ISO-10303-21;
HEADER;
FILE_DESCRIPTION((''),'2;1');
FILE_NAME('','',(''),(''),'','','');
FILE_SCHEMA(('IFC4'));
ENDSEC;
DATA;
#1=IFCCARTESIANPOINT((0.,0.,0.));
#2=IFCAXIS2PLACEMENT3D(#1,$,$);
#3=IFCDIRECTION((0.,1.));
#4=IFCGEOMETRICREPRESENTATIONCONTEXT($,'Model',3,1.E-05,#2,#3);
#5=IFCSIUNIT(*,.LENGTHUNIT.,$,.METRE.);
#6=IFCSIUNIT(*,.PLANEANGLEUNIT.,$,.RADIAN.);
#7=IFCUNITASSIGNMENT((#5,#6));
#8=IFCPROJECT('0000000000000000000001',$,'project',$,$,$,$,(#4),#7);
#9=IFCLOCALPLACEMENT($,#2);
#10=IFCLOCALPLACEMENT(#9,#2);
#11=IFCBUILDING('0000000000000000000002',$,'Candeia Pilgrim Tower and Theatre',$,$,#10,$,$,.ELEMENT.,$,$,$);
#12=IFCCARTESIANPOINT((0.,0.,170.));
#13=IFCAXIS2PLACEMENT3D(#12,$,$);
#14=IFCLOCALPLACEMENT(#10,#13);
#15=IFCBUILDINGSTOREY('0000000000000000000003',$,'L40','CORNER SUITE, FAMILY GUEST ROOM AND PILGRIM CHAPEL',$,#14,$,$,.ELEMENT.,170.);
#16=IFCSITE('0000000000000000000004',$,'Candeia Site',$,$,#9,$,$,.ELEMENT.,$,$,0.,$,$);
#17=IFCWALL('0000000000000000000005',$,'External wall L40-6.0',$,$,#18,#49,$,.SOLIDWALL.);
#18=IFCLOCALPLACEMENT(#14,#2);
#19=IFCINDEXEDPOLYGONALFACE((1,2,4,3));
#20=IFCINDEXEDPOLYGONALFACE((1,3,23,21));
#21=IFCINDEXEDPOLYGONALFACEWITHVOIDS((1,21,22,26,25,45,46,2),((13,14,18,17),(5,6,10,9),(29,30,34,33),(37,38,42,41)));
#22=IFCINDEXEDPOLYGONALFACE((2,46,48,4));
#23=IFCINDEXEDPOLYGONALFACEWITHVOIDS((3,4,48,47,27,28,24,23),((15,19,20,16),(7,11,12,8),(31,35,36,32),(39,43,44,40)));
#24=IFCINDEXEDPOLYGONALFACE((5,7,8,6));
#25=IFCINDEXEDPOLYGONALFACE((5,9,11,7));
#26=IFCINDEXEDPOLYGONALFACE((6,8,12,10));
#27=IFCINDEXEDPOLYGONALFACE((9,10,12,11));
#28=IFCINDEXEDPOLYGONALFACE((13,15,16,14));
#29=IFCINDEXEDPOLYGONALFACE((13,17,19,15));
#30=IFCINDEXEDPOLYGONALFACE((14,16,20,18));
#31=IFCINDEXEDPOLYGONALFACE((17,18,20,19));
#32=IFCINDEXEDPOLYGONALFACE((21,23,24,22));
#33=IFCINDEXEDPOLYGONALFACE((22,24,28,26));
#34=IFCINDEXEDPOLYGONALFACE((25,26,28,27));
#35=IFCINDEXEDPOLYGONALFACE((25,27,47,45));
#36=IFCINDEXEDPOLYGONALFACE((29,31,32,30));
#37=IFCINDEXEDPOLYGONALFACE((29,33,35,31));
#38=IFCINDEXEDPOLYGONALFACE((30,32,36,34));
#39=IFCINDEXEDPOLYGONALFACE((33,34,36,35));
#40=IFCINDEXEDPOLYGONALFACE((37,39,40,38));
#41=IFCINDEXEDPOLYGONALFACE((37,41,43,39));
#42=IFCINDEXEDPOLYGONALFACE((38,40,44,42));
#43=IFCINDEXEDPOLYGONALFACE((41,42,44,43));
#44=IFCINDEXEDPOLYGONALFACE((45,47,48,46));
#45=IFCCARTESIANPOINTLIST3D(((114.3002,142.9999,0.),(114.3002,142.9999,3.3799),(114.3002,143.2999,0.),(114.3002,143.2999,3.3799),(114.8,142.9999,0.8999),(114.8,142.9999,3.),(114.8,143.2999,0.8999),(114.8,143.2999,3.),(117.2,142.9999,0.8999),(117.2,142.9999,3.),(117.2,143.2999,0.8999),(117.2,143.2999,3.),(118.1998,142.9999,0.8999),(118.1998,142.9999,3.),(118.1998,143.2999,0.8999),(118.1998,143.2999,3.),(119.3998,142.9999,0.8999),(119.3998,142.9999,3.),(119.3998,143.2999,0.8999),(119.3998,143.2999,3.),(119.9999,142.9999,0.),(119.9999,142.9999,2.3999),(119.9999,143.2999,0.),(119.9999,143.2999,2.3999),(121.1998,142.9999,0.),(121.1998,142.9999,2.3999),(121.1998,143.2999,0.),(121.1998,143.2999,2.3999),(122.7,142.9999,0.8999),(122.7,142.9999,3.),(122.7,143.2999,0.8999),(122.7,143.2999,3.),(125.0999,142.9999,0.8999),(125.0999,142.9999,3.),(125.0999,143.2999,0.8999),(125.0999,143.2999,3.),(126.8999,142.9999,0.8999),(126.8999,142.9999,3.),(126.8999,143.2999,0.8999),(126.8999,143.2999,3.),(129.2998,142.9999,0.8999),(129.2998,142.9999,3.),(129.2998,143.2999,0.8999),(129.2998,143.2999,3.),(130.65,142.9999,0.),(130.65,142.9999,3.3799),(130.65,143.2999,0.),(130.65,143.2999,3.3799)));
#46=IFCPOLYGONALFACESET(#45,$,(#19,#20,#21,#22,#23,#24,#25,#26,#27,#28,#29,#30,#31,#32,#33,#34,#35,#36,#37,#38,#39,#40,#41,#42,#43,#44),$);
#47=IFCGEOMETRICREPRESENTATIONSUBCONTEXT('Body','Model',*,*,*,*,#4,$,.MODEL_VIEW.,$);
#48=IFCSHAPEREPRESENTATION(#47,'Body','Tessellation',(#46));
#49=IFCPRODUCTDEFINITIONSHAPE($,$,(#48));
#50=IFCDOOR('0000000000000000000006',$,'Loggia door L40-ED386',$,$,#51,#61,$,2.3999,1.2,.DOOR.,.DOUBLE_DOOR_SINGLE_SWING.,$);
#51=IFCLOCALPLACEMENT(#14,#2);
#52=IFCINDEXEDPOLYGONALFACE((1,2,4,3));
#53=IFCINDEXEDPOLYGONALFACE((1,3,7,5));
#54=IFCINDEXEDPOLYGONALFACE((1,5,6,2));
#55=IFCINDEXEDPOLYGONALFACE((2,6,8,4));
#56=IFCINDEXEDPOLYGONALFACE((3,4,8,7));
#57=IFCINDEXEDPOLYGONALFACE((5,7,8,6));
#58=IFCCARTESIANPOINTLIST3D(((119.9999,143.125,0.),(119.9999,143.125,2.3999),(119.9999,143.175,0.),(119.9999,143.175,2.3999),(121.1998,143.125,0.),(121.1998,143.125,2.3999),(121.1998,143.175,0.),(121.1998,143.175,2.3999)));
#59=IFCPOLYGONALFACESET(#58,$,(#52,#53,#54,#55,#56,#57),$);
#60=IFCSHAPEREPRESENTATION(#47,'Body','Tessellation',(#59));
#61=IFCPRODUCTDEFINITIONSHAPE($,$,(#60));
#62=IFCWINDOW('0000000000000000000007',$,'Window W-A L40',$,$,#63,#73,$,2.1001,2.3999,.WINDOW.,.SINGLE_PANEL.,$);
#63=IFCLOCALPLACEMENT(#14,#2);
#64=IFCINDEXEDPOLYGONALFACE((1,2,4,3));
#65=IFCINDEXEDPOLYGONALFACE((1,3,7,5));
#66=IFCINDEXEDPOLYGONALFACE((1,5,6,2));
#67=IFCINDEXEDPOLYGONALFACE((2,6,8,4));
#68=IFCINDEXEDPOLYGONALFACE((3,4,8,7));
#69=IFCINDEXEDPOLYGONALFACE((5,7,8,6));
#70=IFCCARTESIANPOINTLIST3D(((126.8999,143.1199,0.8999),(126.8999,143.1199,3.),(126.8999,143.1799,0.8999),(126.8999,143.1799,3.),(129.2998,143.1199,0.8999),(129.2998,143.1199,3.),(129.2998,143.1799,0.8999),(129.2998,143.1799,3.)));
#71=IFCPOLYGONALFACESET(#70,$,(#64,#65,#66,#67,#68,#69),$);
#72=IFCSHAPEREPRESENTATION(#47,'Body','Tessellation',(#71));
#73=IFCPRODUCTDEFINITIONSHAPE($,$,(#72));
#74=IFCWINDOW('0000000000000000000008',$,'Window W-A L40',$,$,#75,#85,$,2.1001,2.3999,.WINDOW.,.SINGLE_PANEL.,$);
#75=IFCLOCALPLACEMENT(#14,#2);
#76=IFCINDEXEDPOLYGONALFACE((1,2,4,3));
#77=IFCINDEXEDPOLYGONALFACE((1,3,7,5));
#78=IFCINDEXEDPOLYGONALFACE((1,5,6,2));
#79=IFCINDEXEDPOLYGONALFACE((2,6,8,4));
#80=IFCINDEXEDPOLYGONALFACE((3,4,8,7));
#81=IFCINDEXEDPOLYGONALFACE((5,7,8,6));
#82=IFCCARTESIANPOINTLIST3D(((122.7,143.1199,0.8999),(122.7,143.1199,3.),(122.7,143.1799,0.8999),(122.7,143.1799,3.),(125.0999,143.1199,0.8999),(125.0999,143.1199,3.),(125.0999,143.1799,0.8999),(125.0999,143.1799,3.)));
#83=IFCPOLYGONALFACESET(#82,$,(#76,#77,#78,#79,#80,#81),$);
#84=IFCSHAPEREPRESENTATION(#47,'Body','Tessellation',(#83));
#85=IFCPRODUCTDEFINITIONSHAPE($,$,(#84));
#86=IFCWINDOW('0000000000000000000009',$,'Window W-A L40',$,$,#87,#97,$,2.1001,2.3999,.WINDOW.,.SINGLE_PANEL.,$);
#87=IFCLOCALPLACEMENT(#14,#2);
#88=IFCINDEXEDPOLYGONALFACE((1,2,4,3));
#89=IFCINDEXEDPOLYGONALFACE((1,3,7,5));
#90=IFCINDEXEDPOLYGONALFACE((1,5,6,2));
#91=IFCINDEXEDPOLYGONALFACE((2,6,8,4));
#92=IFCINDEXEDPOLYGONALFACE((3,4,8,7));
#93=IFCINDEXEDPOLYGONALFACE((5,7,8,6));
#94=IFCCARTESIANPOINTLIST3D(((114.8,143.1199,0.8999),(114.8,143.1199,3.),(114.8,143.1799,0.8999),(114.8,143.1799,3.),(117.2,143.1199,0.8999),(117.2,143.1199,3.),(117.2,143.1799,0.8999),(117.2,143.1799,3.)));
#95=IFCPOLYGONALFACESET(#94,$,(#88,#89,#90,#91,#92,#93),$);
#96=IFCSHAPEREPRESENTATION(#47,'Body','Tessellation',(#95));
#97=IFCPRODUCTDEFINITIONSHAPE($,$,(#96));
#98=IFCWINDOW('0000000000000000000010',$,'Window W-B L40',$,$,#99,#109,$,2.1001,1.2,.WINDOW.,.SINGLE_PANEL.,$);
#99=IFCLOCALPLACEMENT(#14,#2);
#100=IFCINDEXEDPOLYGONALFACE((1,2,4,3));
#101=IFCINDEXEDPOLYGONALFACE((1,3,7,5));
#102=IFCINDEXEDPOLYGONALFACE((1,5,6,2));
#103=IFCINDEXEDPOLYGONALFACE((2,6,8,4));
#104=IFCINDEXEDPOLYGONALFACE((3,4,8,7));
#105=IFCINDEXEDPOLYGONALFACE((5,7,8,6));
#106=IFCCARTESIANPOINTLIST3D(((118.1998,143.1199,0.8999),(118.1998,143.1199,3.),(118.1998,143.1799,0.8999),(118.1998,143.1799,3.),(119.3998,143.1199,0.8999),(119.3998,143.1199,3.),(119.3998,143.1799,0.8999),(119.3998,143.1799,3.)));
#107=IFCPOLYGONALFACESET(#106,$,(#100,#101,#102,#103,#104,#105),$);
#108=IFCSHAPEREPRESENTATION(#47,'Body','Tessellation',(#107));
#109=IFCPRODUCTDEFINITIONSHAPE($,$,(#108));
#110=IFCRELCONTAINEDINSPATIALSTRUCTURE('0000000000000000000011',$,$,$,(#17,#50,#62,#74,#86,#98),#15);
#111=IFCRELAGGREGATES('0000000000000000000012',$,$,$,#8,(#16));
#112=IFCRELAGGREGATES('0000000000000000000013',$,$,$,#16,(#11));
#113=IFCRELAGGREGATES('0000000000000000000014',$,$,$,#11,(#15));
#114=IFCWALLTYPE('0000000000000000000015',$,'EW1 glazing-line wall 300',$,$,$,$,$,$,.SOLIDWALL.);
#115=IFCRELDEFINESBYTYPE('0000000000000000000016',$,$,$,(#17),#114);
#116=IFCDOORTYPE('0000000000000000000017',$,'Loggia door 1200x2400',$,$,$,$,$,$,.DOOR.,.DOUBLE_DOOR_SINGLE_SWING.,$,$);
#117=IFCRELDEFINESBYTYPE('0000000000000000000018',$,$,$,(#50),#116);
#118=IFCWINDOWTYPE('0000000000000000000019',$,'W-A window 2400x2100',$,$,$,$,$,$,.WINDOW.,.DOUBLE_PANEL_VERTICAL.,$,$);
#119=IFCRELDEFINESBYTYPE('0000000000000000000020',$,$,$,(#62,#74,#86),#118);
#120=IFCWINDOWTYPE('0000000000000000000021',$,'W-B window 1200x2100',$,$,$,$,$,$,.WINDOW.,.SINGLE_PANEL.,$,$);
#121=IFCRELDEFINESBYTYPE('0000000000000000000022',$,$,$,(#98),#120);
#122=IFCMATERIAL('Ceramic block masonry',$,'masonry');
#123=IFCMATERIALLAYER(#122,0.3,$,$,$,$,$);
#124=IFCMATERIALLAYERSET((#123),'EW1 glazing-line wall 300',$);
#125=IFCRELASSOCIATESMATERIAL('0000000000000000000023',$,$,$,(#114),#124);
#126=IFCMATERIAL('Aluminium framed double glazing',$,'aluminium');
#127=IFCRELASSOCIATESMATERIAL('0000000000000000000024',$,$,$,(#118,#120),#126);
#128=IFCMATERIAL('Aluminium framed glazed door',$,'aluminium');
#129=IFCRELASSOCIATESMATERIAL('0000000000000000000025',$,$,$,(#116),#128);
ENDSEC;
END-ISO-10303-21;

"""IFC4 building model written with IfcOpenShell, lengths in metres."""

from ifc_helpers import new_model, si_unit, direction, frame, frame_2d, origin, place, context, subcontext, project, spatial, rectangle, extrude, material, layer, layer_set, type_object, element, fill, save


model = new_model("IFC4")

# Units and contexts
model_context = context("Model", 3, precision=1e-05, world=origin(), true_north=direction((0.0, 1.0)))
body_context = subcontext(model_context, "Body", "Model", "MODEL_VIEW")
ifc_project = project(units=[si_unit("LENGTHUNIT", "METRE"), si_unit("PLANEANGLEUNIT", "RADIAN")], contexts=[model_context])

# Site, building, storey
site_placement = place(None, origin())
site = spatial("IfcSite", under=ifc_project, at=site_placement, Name="Candeia Site", CompositionType="ELEMENT", RefElevation=0.0)
building_placement = place(site_placement, origin())
building = spatial("IfcBuilding", under=site, at=building_placement, Name="Candeia Pilgrim Tower and Theatre", CompositionType="ELEMENT")
storey_placement = place(building_placement, frame((0.0, 0.0, 170.0)))
storey = spatial("IfcBuildingStorey", under=building, at=storey_placement, Name="L40", Description="CORNER SUITE, FAMILY GUEST ROOM AND PILGRIM CHAPEL", CompositionType="ELEMENT", Elevation=170.0)

# Shared definitions
ifc_material_1 = material(Name="Ceramic block masonry", Category="masonry")
ifc_layer_1 = layer(ifc_material_1, 0.3)
ifc_layer_set_1 = layer_set([ifc_layer_1], Name="EW1 glazing-line wall 300")
wall_type_1 = type_object("IfcWallType", Name="EW1 glazing-line wall 300", PredefinedType="SOLIDWALL", material=ifc_layer_set_1)
ifc_material_2 = material(Name="Aluminium framed double glazing", Category="aluminium")
window_type_1 = type_object("IfcWindowType", Name="W-A window 2400x2100", PartitioningType="DOUBLE_PANEL_VERTICAL", PredefinedType="WINDOW", material=ifc_material_2)

# Wall, openings, door, windows
wall_1_placement = place(storey_placement, frame((130.6499, 143.1499, 0.0), z_axis=(0.0, 0.0, 1.0), x_axis=(-1.0, 0.0, 0.0)))
wall_1 = element("IfcWall", 1, at=wall_1_placement, inside=storey, type_object=wall_type_1, Name="External wall L40-6.0", PredefinedType="SOLIDWALL", context=body_context, shape_type="SweptSolid", body=[
    extrude(rectangle(XDim=16.3499, YDim=0.3, at=frame_2d((8.1748, 0.0))), origin(), (0.0, 0.0, 1.0), 3.3799),
])
opening_1_placement = place(wall_1_placement, frame((1.3501, 0.0, 0.8999)))
opening_1 = element("IfcOpeningElement", 2, at=opening_1_placement, cuts=wall_1, PredefinedType="OPENING", context=body_context, shape_type="SweptSolid", body=[
    extrude(rectangle(XDim=2.3999, YDim=2.1001, at=frame_2d((1.2, 1.05))), frame((0.0, 0.1602, 0.0), z_axis=(0.0, -1.0, 0.0), x_axis=(1.0, 0.0, 0.0)), (0.0, 0.0, 1.0), 0.3201),
])
opening_2_placement = place(wall_1_placement, frame((5.55, 0.0, 0.8999)))
opening_2 = element("IfcOpeningElement", 3, at=opening_2_placement, cuts=wall_1, PredefinedType="OPENING", context=body_context, shape_type="SweptSolid", body=[
    extrude(rectangle(XDim=2.3999, YDim=2.1001, at=frame_2d((1.2, 1.05))), frame((0.0, 0.1602, 0.0), z_axis=(0.0, -1.0, 0.0), x_axis=(1.0, 0.0, 0.0)), (0.0, 0.0, 1.0), 0.3201),
])
opening_3_placement = place(wall_1_placement, frame((9.45, 0.0, 0.0)))
opening_3 = element("IfcOpeningElement", 4, at=opening_3_placement, cuts=wall_1, PredefinedType="OPENING", context=body_context, shape_type="SweptSolid", body=[
    extrude(rectangle(XDim=1.2, YDim=2.3999, at=frame_2d((0.6001, 1.2))), frame((0.0, 0.1602, 0.0), z_axis=(0.0, -1.0, 0.0), x_axis=(1.0, 0.0, 0.0)), (0.0, 0.0, 1.0), 0.3201),
])
opening_4_placement = place(wall_1_placement, frame((11.25, 0.0, 0.8999)))
opening_4 = element("IfcOpeningElement", 5, at=opening_4_placement, cuts=wall_1, PredefinedType="OPENING", context=body_context, shape_type="SweptSolid", body=[
    extrude(rectangle(XDim=1.2, YDim=2.1001, at=frame_2d((0.6001, 1.05))), frame((0.0, 0.1602, 0.0), z_axis=(0.0, -1.0, 0.0), x_axis=(1.0, 0.0, 0.0)), (0.0, 0.0, 1.0), 0.3201),
])
opening_5_placement = place(wall_1_placement, frame((13.45, 0.0, 0.8999)))
opening_5 = element("IfcOpeningElement", 6, at=opening_5_placement, cuts=wall_1, PredefinedType="OPENING", context=body_context, shape_type="SweptSolid", body=[
    extrude(rectangle(XDim=2.3999, YDim=2.1001, at=frame_2d((1.2, 1.05))), frame((0.0, 0.1602, 0.0), z_axis=(0.0, -1.0, 0.0), x_axis=(1.0, 0.0, 0.0)), (0.0, 0.0, 1.0), 0.3201),
])
ifc_material_3 = material(Name="Aluminium framed glazed door", Category="aluminium")
door_type_1 = type_object("IfcDoorType", Name="Loggia door 1200x2400", OperationType="DOUBLE_DOOR_SINGLE_SWING", PredefinedType="DOOR", material=ifc_material_3)
door_1_placement = place(opening_3_placement, origin())
door_1 = element("IfcDoor", 7, at=door_1_placement, inside=storey, type_object=door_type_1, Name="Loggia door L40-ED386", OperationType="DOUBLE_DOOR_SINGLE_SWING", OverallHeight=2.3999, OverallWidth=1.2, PredefinedType="DOOR", context=body_context, shape_type="SweptSolid", body=[
    extrude(rectangle(XDim=1.2, YDim=2.3999, at=frame_2d((0.6001, 1.2))), frame((0.0, 0.0249, 0.0), z_axis=(0.0, -1.0, 0.0), x_axis=(1.0, 0.0, 0.0)), (0.0, 0.0, 1.0), 0.05),
])
fill(opening_3, door_1)
window_1_placement = place(opening_1_placement, origin())
window_1 = element("IfcWindow", 8, at=window_1_placement, inside=storey, type_object=window_type_1, Name="Window W-A L40", OverallHeight=2.1001, OverallWidth=2.3999, PartitioningType="SINGLE_PANEL", PredefinedType="WINDOW", context=body_context, shape_type="SweptSolid", body=[
    extrude(rectangle(XDim=2.3999, YDim=2.1001, at=frame_2d((1.2, 1.05))), frame((0.0, 0.03, 0.0), z_axis=(0.0, -1.0, 0.0), x_axis=(1.0, 0.0, 0.0)), (0.0, 0.0, 1.0), 0.0601),
])
fill(opening_1, window_1)
window_2_placement = place(opening_2_placement, origin())
window_2 = element("IfcWindow", 9, at=window_2_placement, inside=storey, type_object=window_type_1, Name="Window W-A L40", OverallHeight=2.1001, OverallWidth=2.3999, PartitioningType="SINGLE_PANEL", PredefinedType="WINDOW", context=body_context, shape_type="SweptSolid", body=[
    extrude(rectangle(XDim=2.3999, YDim=2.1001, at=frame_2d((1.2, 1.05))), frame((0.0, 0.03, 0.0), z_axis=(0.0, -1.0, 0.0), x_axis=(1.0, 0.0, 0.0)), (0.0, 0.0, 1.0), 0.0601),
])
fill(opening_2, window_2)
window_3_placement = place(opening_5_placement, origin())
window_3 = element("IfcWindow", 10, at=window_3_placement, inside=storey, type_object=window_type_1, Name="Window W-A L40", OverallHeight=2.1001, OverallWidth=2.3999, PartitioningType="SINGLE_PANEL", PredefinedType="WINDOW", context=body_context, shape_type="SweptSolid", body=[
    extrude(rectangle(XDim=2.3999, YDim=2.1001, at=frame_2d((1.2, 1.05))), frame((0.0, 0.03, 0.0), z_axis=(0.0, -1.0, 0.0), x_axis=(1.0, 0.0, 0.0)), (0.0, 0.0, 1.0), 0.0601),
])
fill(opening_5, window_3)
window_type_2 = type_object("IfcWindowType", Name="W-B window 1200x2100", PartitioningType="SINGLE_PANEL", PredefinedType="WINDOW", material=ifc_material_2)
window_4_placement = place(opening_4_placement, origin())
window_4 = element("IfcWindow", 11, at=window_4_placement, inside=storey, type_object=window_type_2, Name="Window W-B L40", OverallHeight=2.1001, OverallWidth=1.2, PartitioningType="SINGLE_PANEL", PredefinedType="WINDOW", context=body_context, shape_type="SweptSolid", body=[
    extrude(rectangle(XDim=1.2, YDim=2.1001, at=frame_2d((0.6001, 1.05))), frame((0.0, 0.03, 0.0), z_axis=(0.0, -1.0, 0.0), x_axis=(1.0, 0.0, 0.0)), (0.0, 0.0, 1.0), 0.0601),
])
fill(opening_4, window_4)

save(model, "model.ifc")
